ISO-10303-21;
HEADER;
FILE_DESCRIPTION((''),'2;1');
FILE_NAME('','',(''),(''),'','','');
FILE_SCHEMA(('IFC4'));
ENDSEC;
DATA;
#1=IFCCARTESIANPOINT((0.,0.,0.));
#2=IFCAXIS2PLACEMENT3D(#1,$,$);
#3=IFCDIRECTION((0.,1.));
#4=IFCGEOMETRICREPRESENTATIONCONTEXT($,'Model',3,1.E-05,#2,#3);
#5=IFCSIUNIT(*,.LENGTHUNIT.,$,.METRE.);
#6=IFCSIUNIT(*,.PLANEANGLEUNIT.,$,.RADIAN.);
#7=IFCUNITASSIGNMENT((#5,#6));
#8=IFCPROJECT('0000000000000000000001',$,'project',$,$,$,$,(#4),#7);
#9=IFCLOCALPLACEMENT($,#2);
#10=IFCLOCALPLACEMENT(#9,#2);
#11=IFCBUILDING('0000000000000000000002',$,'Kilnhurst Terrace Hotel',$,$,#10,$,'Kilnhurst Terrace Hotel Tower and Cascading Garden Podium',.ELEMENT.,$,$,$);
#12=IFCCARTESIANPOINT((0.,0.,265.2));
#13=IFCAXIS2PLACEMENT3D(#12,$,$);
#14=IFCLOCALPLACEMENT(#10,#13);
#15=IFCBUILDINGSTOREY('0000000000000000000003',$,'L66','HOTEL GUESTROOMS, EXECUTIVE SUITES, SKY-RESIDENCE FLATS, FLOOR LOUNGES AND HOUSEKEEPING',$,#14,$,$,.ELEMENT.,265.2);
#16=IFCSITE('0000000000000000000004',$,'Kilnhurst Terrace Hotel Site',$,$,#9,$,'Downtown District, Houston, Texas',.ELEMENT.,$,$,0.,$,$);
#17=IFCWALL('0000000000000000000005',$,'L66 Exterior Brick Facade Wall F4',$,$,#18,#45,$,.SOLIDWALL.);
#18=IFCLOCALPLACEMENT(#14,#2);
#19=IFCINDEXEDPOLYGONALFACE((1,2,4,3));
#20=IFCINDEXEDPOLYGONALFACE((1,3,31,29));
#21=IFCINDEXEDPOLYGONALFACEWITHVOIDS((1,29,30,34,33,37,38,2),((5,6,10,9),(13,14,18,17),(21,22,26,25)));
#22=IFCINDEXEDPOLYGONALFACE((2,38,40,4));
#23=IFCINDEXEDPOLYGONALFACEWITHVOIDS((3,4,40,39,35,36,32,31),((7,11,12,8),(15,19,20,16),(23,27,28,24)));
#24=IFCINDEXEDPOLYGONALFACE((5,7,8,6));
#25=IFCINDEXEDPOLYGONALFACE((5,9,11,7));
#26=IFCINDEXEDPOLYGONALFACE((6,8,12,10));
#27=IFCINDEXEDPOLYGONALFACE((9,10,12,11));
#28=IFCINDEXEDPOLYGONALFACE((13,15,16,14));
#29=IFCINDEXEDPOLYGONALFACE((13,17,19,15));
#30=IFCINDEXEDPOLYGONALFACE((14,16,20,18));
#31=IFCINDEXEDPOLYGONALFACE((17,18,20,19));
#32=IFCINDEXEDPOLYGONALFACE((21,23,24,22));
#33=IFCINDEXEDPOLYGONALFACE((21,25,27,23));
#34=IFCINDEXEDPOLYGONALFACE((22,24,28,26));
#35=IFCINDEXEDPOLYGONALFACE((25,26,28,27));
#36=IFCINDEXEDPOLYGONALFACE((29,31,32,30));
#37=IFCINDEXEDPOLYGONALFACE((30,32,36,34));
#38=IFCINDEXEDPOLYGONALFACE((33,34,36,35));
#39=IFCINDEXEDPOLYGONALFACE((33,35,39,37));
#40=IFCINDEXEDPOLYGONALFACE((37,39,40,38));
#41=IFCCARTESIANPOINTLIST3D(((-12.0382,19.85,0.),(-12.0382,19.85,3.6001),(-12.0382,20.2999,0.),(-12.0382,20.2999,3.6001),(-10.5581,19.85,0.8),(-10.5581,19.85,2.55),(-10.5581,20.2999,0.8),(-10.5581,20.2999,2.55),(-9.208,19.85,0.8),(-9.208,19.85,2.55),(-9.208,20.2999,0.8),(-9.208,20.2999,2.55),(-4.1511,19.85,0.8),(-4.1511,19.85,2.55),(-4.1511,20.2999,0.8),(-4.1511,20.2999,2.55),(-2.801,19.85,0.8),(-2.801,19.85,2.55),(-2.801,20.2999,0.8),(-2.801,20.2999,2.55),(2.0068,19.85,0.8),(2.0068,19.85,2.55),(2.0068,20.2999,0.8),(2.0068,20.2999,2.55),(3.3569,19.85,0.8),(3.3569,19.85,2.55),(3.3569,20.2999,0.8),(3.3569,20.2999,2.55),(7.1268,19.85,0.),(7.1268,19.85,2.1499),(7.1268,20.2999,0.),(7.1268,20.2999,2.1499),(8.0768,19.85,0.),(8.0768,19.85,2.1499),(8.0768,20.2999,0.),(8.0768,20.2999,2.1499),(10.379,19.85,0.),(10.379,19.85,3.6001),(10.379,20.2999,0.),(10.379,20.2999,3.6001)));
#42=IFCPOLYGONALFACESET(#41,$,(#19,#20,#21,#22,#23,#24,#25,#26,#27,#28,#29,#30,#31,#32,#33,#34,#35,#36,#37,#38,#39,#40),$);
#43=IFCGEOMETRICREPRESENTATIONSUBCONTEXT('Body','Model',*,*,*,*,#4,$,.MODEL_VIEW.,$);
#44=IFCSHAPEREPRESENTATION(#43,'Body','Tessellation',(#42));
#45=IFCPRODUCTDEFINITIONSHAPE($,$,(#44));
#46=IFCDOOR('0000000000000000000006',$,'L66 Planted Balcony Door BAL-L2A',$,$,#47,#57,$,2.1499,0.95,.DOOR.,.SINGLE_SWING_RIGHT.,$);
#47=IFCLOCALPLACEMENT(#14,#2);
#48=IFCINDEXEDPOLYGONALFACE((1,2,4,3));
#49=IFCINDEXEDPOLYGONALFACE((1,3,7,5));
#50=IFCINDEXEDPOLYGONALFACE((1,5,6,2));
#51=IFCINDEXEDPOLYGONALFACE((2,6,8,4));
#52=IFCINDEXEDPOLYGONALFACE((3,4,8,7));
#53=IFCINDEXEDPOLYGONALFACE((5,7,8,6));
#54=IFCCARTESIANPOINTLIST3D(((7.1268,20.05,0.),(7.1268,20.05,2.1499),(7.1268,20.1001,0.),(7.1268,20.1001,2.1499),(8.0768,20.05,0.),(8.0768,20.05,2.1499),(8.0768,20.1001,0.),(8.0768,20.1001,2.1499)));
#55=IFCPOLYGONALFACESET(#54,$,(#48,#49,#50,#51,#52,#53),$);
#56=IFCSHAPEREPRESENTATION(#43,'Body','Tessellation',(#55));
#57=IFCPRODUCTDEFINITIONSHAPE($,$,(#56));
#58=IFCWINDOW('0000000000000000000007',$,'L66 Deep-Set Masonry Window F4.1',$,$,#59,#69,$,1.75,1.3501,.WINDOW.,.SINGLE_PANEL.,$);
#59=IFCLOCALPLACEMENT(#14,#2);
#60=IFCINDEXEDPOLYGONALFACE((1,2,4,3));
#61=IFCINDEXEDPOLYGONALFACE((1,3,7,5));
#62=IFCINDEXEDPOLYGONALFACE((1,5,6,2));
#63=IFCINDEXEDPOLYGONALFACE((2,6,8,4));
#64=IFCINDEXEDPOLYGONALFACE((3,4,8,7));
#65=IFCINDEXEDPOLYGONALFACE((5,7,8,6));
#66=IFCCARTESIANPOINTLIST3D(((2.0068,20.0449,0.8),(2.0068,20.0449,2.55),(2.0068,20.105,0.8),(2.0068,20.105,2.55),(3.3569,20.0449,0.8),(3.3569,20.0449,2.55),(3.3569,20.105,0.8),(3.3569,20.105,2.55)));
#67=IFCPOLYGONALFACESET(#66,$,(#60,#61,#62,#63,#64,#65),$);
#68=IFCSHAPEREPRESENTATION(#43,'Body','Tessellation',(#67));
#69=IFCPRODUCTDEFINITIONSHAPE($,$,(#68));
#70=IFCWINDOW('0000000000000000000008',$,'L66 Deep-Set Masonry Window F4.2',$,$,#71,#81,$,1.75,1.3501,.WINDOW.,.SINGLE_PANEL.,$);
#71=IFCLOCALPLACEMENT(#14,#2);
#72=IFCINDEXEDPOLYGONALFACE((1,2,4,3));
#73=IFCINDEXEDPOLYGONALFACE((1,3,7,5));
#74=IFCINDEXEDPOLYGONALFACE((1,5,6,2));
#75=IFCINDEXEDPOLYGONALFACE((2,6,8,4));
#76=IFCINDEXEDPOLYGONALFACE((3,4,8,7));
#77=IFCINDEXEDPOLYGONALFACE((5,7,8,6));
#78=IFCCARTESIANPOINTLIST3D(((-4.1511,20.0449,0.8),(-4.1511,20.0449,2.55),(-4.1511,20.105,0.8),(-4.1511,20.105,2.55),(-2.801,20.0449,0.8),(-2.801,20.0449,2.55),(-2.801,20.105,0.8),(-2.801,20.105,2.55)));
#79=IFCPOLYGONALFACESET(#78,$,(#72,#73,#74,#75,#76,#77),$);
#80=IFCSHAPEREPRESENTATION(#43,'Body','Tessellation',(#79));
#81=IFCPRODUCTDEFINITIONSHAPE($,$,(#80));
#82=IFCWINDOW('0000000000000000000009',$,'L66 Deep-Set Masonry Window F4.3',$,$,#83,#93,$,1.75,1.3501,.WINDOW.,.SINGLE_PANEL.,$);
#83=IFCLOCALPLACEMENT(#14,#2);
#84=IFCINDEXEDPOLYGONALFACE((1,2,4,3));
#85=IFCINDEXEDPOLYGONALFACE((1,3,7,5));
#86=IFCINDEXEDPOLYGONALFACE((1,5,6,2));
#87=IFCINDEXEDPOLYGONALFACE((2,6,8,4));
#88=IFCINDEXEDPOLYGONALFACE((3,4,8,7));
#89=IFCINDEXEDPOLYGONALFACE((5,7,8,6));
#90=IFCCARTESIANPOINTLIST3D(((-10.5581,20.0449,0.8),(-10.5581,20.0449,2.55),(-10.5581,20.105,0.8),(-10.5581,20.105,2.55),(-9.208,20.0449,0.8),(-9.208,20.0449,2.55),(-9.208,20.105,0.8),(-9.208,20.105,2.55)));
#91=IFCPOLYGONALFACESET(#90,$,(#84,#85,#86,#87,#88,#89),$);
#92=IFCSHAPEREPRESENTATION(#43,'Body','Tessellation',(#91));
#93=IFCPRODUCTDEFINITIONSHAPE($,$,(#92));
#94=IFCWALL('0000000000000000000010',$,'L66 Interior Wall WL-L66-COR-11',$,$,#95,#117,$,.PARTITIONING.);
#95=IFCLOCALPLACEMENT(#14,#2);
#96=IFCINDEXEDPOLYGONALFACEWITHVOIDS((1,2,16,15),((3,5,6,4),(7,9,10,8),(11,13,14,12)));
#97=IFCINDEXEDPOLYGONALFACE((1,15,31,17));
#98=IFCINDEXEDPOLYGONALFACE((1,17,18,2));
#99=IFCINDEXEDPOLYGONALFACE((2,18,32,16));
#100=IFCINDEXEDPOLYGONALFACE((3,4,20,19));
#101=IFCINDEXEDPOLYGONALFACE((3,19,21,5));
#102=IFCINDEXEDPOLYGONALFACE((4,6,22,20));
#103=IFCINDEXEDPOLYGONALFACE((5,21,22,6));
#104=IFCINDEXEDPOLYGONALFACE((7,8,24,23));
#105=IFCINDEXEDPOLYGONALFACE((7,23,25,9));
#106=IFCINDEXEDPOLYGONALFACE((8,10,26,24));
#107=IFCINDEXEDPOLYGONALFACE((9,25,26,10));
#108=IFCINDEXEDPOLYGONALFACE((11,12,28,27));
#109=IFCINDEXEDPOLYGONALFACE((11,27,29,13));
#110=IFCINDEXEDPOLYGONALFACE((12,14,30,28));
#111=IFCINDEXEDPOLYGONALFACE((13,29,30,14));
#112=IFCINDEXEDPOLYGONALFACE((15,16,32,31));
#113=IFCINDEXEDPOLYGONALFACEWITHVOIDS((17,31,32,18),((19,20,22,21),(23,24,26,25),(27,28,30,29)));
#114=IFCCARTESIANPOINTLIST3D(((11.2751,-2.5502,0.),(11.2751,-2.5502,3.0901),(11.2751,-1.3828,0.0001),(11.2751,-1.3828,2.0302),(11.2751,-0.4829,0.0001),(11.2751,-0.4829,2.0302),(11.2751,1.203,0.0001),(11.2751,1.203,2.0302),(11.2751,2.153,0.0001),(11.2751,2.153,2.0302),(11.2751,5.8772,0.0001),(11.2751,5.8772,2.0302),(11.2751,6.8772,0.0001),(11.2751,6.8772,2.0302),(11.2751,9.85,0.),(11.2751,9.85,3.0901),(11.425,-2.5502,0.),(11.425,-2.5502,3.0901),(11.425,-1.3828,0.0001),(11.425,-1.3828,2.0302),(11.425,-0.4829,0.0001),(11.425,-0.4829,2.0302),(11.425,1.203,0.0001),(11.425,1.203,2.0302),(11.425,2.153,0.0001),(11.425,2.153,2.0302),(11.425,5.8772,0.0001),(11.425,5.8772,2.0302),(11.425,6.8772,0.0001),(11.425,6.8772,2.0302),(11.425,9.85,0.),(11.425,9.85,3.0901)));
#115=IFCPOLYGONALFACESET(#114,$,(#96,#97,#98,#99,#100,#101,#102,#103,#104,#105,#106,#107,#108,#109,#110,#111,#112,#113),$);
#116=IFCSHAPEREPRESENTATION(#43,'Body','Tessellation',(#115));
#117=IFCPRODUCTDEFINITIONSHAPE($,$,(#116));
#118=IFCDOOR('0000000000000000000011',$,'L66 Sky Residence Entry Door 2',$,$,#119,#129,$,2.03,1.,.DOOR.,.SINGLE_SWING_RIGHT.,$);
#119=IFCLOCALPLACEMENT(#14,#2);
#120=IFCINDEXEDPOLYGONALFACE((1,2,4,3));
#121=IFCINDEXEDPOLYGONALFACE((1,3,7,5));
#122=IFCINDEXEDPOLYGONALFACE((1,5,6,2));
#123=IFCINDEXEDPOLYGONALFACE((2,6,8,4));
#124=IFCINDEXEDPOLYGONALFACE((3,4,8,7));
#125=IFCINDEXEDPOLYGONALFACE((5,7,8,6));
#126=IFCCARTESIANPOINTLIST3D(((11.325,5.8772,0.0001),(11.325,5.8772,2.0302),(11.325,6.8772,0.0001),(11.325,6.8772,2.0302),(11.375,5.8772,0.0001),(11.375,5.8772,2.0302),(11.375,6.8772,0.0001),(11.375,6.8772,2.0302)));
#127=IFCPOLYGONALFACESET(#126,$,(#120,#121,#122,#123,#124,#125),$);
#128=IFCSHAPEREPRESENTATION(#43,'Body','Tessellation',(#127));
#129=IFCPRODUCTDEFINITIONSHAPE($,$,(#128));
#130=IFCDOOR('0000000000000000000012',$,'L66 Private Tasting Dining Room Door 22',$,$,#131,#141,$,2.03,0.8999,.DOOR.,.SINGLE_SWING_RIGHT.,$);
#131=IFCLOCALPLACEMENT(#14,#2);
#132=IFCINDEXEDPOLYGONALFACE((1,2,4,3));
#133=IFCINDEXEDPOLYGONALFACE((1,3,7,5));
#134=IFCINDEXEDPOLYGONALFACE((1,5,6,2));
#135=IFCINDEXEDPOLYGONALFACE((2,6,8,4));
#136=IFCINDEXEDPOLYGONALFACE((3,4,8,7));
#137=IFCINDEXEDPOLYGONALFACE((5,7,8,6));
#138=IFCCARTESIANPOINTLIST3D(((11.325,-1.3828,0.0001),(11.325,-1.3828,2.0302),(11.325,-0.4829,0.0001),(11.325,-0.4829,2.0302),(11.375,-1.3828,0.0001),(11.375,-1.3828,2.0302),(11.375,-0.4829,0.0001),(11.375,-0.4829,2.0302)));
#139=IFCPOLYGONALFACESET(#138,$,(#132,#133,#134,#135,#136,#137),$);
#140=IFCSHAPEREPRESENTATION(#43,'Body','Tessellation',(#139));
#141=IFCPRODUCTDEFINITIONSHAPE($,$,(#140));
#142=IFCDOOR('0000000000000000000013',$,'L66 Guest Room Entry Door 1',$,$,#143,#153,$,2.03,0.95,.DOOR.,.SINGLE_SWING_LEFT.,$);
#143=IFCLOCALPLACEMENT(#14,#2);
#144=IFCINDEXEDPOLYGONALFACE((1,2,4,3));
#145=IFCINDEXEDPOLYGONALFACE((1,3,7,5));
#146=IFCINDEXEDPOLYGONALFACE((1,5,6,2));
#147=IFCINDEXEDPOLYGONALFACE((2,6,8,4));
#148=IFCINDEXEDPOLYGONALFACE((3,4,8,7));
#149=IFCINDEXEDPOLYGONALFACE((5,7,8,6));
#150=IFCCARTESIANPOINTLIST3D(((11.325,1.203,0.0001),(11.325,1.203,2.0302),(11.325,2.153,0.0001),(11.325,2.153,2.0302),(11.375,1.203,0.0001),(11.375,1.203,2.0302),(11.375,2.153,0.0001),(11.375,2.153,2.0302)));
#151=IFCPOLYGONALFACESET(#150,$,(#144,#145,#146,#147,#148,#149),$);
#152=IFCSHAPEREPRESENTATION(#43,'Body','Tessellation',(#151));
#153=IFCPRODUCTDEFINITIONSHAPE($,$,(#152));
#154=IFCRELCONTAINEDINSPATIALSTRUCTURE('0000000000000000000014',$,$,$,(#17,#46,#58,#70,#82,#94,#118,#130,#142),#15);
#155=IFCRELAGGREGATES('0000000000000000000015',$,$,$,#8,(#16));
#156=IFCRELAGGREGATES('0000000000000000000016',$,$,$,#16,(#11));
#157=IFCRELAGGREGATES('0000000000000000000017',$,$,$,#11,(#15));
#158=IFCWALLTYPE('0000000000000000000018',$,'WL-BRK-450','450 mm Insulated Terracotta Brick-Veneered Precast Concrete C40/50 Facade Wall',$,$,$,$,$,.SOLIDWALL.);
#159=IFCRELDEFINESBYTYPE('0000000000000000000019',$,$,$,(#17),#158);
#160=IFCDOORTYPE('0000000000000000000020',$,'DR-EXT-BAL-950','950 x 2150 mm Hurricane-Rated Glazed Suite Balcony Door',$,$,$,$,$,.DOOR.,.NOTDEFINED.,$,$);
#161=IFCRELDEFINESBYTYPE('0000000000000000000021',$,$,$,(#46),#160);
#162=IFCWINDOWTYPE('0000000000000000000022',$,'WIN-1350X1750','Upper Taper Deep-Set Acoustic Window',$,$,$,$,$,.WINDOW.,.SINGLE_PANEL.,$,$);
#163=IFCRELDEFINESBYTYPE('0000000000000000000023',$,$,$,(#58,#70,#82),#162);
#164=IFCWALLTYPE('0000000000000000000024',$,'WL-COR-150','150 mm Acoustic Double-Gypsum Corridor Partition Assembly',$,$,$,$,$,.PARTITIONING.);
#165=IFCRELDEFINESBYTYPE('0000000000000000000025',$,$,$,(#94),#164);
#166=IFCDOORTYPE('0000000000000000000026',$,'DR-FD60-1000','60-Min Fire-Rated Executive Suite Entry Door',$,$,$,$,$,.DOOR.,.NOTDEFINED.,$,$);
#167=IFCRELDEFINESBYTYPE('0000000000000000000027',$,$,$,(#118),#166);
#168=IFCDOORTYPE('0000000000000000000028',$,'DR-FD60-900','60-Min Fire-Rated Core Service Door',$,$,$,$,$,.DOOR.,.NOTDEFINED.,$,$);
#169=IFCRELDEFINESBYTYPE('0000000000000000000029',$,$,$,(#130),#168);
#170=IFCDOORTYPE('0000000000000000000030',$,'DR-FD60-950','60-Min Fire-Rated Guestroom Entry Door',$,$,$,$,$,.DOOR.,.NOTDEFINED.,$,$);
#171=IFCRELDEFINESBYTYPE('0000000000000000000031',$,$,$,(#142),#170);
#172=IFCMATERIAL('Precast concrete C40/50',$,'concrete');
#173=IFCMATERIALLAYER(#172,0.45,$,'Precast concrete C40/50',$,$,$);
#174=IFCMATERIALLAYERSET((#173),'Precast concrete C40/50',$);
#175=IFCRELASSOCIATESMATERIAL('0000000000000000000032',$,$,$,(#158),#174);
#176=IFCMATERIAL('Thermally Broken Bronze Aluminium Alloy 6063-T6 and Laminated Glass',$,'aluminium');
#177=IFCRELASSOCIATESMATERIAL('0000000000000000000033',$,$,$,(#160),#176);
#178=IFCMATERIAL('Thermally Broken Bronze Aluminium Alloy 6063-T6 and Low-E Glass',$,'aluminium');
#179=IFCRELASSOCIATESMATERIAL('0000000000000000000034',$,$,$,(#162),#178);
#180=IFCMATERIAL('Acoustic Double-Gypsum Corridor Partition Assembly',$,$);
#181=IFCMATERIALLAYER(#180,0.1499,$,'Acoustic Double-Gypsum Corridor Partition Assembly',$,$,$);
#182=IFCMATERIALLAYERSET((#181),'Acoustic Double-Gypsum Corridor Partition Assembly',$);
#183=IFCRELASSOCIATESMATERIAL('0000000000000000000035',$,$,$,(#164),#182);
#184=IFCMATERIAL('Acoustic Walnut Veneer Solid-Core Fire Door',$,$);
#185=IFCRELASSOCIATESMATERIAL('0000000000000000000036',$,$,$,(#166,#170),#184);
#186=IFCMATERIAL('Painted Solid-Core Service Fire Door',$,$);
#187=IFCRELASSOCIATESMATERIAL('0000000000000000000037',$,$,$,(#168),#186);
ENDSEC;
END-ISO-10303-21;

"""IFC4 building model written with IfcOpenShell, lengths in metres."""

from ifc_helpers import new_model, si_unit, direction, frame, frame_2d, origin, place, context, subcontext, project, spatial, rectangle, extrude, material, layer, layer_set, type_object, element, fill, save


model = new_model("IFC4")

# Units and contexts
model_context = context("Model", 3, precision=1e-05, world=origin(), true_north=direction((0.0, 1.0)))
body_context = subcontext(model_context, "Body", "Model", "MODEL_VIEW")
ifc_project = project(units=[si_unit("LENGTHUNIT", "METRE"), si_unit("PLANEANGLEUNIT", "RADIAN")], contexts=[model_context])

# Site, building, storey
site_placement = place(None, origin())
site = spatial("IfcSite", under=ifc_project, at=site_placement, Name="Kilnhurst Terrace Hotel Site", LongName="Downtown District, Houston, Texas", CompositionType="ELEMENT", RefElevation=0.0)
building_placement = place(site_placement, origin())
building = spatial("IfcBuilding", under=site, at=building_placement, Name="Kilnhurst Terrace Hotel", LongName="Kilnhurst Terrace Hotel Tower and Cascading Garden Podium", CompositionType="ELEMENT")
storey_placement = place(building_placement, frame((0.0, 0.0, 265.2)))
storey = spatial("IfcBuildingStorey", under=building, at=storey_placement, Name="L66", Description="HOTEL GUESTROOMS, EXECUTIVE SUITES, SKY-RESIDENCE FLATS, FLOOR LOUNGES AND HOUSEKEEPING", CompositionType="ELEMENT", Elevation=265.2)

# Shared definitions
ifc_material_1 = material(Name="Precast concrete C40/50", Category="concrete")
ifc_layer_1 = layer(ifc_material_1, 0.45, Name="Precast concrete C40/50")
ifc_layer_set_1 = layer_set([ifc_layer_1], Name="Precast concrete C40/50")
wall_type_1 = type_object("IfcWallType", Name="WL-BRK-450", Description="450 mm Insulated Terracotta Brick-Veneered Precast Concrete C40/50 Facade Wall", PredefinedType="SOLIDWALL", material=ifc_layer_set_1)

# Wall, openings, door, windows
wall_1_placement = place(storey_placement, frame((10.3789, 20.075, 0.0), z_axis=(0.0, 0.0, 1.0), x_axis=(-1.0, 0.0, 0.0)))
wall_1 = element("IfcWall", 1, at=wall_1_placement, inside=storey, type_object=wall_type_1, Name="L66 Exterior Brick Facade Wall F4", PredefinedType="SOLIDWALL", context=body_context, shape_type="SweptSolid", body=[
    extrude(rectangle(XDim=22.4172, YDim=0.45, at=frame_2d((11.2085, 0.0))), origin(), (0.0, 0.0, 1.0), 3.6001),
])
opening_1_placement = place(wall_1_placement, frame((2.302, 0.0, 0.0)))
opening_1 = element("IfcOpeningElement", 2, at=opening_1_placement, cuts=wall_1, PredefinedType="OPENING", context=body_context, shape_type="SweptSolid", body=[
    extrude(rectangle(XDim=0.95, YDim=2.1499, at=frame_2d((0.4751, 1.075))), frame((0.0, 0.2349, 0.0), z_axis=(0.0, -1.0, 0.0), x_axis=(1.0, 0.0, 0.0)), (0.0, 0.0, 1.0), 0.47),
])
opening_2_placement = place(wall_1_placement, frame((7.022, 0.0, 0.8)))
opening_2 = element("IfcOpeningElement", 3, at=opening_2_placement, cuts=wall_1, PredefinedType="OPENING", context=body_context, shape_type="SweptSolid", body=[
    extrude(rectangle(XDim=1.3501, YDim=1.75, at=frame_2d((0.675, 0.875))), frame((0.0, 0.2349, 0.0), z_axis=(0.0, -1.0, 0.0), x_axis=(1.0, 0.0, 0.0)), (0.0, 0.0, 1.0), 0.47),
])
opening_3_placement = place(wall_1_placement, frame((13.1799, 0.0, 0.8)))
opening_3 = element("IfcOpeningElement", 4, at=opening_3_placement, cuts=wall_1, PredefinedType="OPENING", context=body_context, shape_type="SweptSolid", body=[
    extrude(rectangle(XDim=1.3501, YDim=1.75, at=frame_2d((0.675, 0.875))), frame((0.0, 0.2349, 0.0), z_axis=(0.0, -1.0, 0.0), x_axis=(1.0, 0.0, 0.0)), (0.0, 0.0, 1.0), 0.47),
])
opening_4_placement = place(wall_1_placement, frame((19.5869, 0.0, 0.8)))
opening_4 = element("IfcOpeningElement", 5, at=opening_4_placement, cuts=wall_1, PredefinedType="OPENING", context=body_context, shape_type="SweptSolid", body=[
    extrude(rectangle(XDim=1.3501, YDim=1.75, at=frame_2d((0.675, 0.875))), frame((0.0, 0.2349, 0.0), z_axis=(0.0, -1.0, 0.0), x_axis=(1.0, 0.0, 0.0)), (0.0, 0.0, 1.0), 0.47),
])
ifc_material_2 = material(Name="Thermally Broken Bronze Aluminium Alloy 6063-T6 and Laminated Glass", Category="aluminium")
door_type_1 = type_object("IfcDoorType", Name="DR-EXT-BAL-950", Description="950 x 2150 mm Hurricane-Rated Glazed Suite Balcony Door", OperationType="NOTDEFINED", PredefinedType="DOOR", material=ifc_material_2)
door_1_placement = place(opening_1_placement, origin())
door_1 = element("IfcDoor", 6, at=door_1_placement, inside=storey, type_object=door_type_1, Name="L66 Planted Balcony Door BAL-L2A", OperationType="SINGLE_SWING_RIGHT", OverallHeight=2.1499, OverallWidth=0.95, PredefinedType="DOOR", context=body_context, shape_type="SweptSolid", body=[
    extrude(rectangle(XDim=0.95, YDim=2.1499, at=frame_2d((0.4751, 1.075))), frame((0.0, 0.0249, 0.0), z_axis=(0.0, -1.0, 0.0), x_axis=(1.0, 0.0, 0.0)), (0.0, 0.0, 1.0), 0.05),
])
fill(opening_1, door_1)
ifc_material_3 = material(Name="Thermally Broken Bronze Aluminium Alloy 6063-T6 and Low-E Glass", Category="aluminium")
window_type = type_object("IfcWindowType", Name="WIN-1350X1750", Description="Upper Taper Deep-Set Acoustic Window", PartitioningType="SINGLE_PANEL", PredefinedType="WINDOW", material=ifc_material_3)
window_1_placement = place(opening_2_placement, origin())
window_1 = element("IfcWindow", 7, at=window_1_placement, inside=storey, type_object=window_type, Name="L66 Deep-Set Masonry Window F4.1", OverallHeight=1.75, OverallWidth=1.3501, PartitioningType="SINGLE_PANEL", PredefinedType="WINDOW", context=body_context, shape_type="SweptSolid", body=[
    extrude(rectangle(XDim=1.3501, YDim=1.75, at=frame_2d((0.675, 0.875))), frame((0.0, 0.03, 0.0), z_axis=(0.0, -1.0, 0.0), x_axis=(1.0, 0.0, 0.0)), (0.0, 0.0, 1.0), 0.0601),
])
fill(opening_2, window_1)
window_2_placement = place(opening_3_placement, origin())
window_2 = element("IfcWindow", 8, at=window_2_placement, inside=storey, type_object=window_type, Name="L66 Deep-Set Masonry Window F4.2", OverallHeight=1.75, OverallWidth=1.3501, PartitioningType="SINGLE_PANEL", PredefinedType="WINDOW", context=body_context, shape_type="SweptSolid", body=[
    extrude(rectangle(XDim=1.3501, YDim=1.75, at=frame_2d((0.675, 0.875))), frame((0.0, 0.03, 0.0), z_axis=(0.0, -1.0, 0.0), x_axis=(1.0, 0.0, 0.0)), (0.0, 0.0, 1.0), 0.0601),
])
fill(opening_3, window_2)
window_3_placement = place(opening_4_placement, origin())
window_3 = element("IfcWindow", 9, at=window_3_placement, inside=storey, type_object=window_type, Name="L66 Deep-Set Masonry Window F4.3", OverallHeight=1.75, OverallWidth=1.3501, PartitioningType="SINGLE_PANEL", PredefinedType="WINDOW", context=body_context, shape_type="SweptSolid", body=[
    extrude(rectangle(XDim=1.3501, YDim=1.75, at=frame_2d((0.675, 0.875))), frame((0.0, 0.03, 0.0), z_axis=(0.0, -1.0, 0.0), x_axis=(1.0, 0.0, 0.0)), (0.0, 0.0, 1.0), 0.0601),
])
fill(opening_4, window_3)

# Wall, openings, doors
ifc_material_4 = material(Name="Acoustic Double-Gypsum Corridor Partition Assembly")
ifc_layer_2 = layer(ifc_material_4, 0.1499, Name="Acoustic Double-Gypsum Corridor Partition Assembly")
ifc_layer_set_2 = layer_set([ifc_layer_2], Name="Acoustic Double-Gypsum Corridor Partition Assembly")
wall_type_2 = type_object("IfcWallType", Name="WL-COR-150", Description="150 mm Acoustic Double-Gypsum Corridor Partition Assembly", PredefinedType="PARTITIONING", material=ifc_layer_set_2)
wall_2_placement = place(storey_placement, frame((11.3501, 9.8501, 0.0), z_axis=(0.0, 0.0, 1.0), x_axis=(0.0, -1.0, 0.0)))
wall_2 = element("IfcWall", 10, at=wall_2_placement, inside=storey, type_object=wall_type_2, Name="L66 Interior Wall WL-L66-COR-11", PredefinedType="PARTITIONING", context=body_context, shape_type="SweptSolid", body=[
    extrude(rectangle(XDim=12.4001, YDim=0.1499, at=frame_2d((6.2002, 0.0))), origin(), (0.0, 0.0, 1.0), 3.0901),
])
opening_5_placement = place(wall_2_placement, frame((7.697, 0.0, 0.0)))
opening_5 = element("IfcOpeningElement", 11, at=opening_5_placement, cuts=wall_2, PredefinedType="OPENING", context=body_context, shape_type="SweptSolid", body=[
    extrude(rectangle(XDim=0.95, YDim=2.03, at=frame_2d((0.4751, 1.0151))), frame((0.0, 0.085, 0.0), z_axis=(0.0, -1.0, 0.0), x_axis=(1.0, 0.0, 0.0)), (0.0, 0.0, 1.0), 0.1699),
])
opening_6_placement = place(wall_2_placement, frame((2.9729, 0.0, 0.0)))
opening_6 = element("IfcOpeningElement", 12, at=opening_6_placement, cuts=wall_2, PredefinedType="OPENING", context=body_context, shape_type="SweptSolid", body=[
    extrude(rectangle(XDim=1.0, YDim=2.03, at=frame_2d((0.5, 1.0151))), frame((0.0, 0.085, 0.0), z_axis=(0.0, -1.0, 0.0), x_axis=(1.0, 0.0, 0.0)), (0.0, 0.0, 1.0), 0.1699),
])
opening_7_placement = place(wall_2_placement, frame((10.333, 0.0, 0.0)))
opening_7 = element("IfcOpeningElement", 13, at=opening_7_placement, cuts=wall_2, PredefinedType="OPENING", context=body_context, shape_type="SweptSolid", body=[
    extrude(rectangle(XDim=0.8999, YDim=2.03, at=frame_2d((0.45, 1.0151))), frame((0.0, 0.085, 0.0), z_axis=(0.0, -1.0, 0.0), x_axis=(1.0, 0.0, 0.0)), (0.0, 0.0, 1.0), 0.1699),
])
ifc_material_5 = material(Name="Acoustic Walnut Veneer Solid-Core Fire Door")
door_type_2 = type_object("IfcDoorType", Name="DR-FD60-1000", Description="60-Min Fire-Rated Executive Suite Entry Door", OperationType="NOTDEFINED", PredefinedType="DOOR", material=ifc_material_5)
door_2_placement = place(opening_6_placement, origin())
door_2 = element("IfcDoor", 14, at=door_2_placement, inside=storey, type_object=door_type_2, Name="L66 Sky Residence Entry Door 2", OperationType="SINGLE_SWING_RIGHT", OverallHeight=2.03, OverallWidth=1.0, PredefinedType="DOOR", context=body_context, shape_type="SweptSolid", body=[
    extrude(rectangle(XDim=1.0, YDim=2.03, at=frame_2d((0.5, 1.0151))), frame((0.0, 0.0249, 0.0), z_axis=(0.0, -1.0, 0.0), x_axis=(1.0, 0.0, 0.0)), (0.0, 0.0, 1.0), 0.05),
])
fill(opening_6, door_2)
ifc_material_6 = material(Name="Painted Solid-Core Service Fire Door")
door_type_3 = type_object("IfcDoorType", Name="DR-FD60-900", Description="60-Min Fire-Rated Core Service Door", OperationType="NOTDEFINED", PredefinedType="DOOR", material=ifc_material_6)
door_3_placement = place(opening_7_placement, origin())
door_3 = element("IfcDoor", 15, at=door_3_placement, inside=storey, type_object=door_type_3, Name="L66 Private Tasting Dining Room Door 22", OperationType="SINGLE_SWING_RIGHT", OverallHeight=2.03, OverallWidth=0.8999, PredefinedType="DOOR", context=body_context, shape_type="SweptSolid", body=[
    extrude(rectangle(XDim=0.8999, YDim=2.03, at=frame_2d((0.45, 1.0151))), frame((0.0, 0.0249, 0.0), z_axis=(0.0, -1.0, 0.0), x_axis=(1.0, 0.0, 0.0)), (0.0, 0.0, 1.0), 0.05),
])
fill(opening_7, door_3)
door_type_4 = type_object("IfcDoorType", Name="DR-FD60-950", Description="60-Min Fire-Rated Guestroom Entry Door", OperationType="NOTDEFINED", PredefinedType="DOOR", material=ifc_material_5)
door_4_placement = place(opening_5_placement, origin())
door_4 = element("IfcDoor", 16, at=door_4_placement, inside=storey, type_object=door_type_4, Name="L66 Guest Room Entry Door 1", OperationType="SINGLE_SWING_LEFT", OverallHeight=2.03, OverallWidth=0.95, PredefinedType="DOOR", context=body_context, shape_type="SweptSolid", body=[
    extrude(rectangle(XDim=0.95, YDim=2.03, at=frame_2d((0.4751, 1.0151))), frame((0.0, 0.0249, 0.0), z_axis=(0.0, -1.0, 0.0), x_axis=(1.0, 0.0, 0.0)), (0.0, 0.0, 1.0), 0.05),
])
fill(opening_5, door_4)

save(model, "model.ifc")
